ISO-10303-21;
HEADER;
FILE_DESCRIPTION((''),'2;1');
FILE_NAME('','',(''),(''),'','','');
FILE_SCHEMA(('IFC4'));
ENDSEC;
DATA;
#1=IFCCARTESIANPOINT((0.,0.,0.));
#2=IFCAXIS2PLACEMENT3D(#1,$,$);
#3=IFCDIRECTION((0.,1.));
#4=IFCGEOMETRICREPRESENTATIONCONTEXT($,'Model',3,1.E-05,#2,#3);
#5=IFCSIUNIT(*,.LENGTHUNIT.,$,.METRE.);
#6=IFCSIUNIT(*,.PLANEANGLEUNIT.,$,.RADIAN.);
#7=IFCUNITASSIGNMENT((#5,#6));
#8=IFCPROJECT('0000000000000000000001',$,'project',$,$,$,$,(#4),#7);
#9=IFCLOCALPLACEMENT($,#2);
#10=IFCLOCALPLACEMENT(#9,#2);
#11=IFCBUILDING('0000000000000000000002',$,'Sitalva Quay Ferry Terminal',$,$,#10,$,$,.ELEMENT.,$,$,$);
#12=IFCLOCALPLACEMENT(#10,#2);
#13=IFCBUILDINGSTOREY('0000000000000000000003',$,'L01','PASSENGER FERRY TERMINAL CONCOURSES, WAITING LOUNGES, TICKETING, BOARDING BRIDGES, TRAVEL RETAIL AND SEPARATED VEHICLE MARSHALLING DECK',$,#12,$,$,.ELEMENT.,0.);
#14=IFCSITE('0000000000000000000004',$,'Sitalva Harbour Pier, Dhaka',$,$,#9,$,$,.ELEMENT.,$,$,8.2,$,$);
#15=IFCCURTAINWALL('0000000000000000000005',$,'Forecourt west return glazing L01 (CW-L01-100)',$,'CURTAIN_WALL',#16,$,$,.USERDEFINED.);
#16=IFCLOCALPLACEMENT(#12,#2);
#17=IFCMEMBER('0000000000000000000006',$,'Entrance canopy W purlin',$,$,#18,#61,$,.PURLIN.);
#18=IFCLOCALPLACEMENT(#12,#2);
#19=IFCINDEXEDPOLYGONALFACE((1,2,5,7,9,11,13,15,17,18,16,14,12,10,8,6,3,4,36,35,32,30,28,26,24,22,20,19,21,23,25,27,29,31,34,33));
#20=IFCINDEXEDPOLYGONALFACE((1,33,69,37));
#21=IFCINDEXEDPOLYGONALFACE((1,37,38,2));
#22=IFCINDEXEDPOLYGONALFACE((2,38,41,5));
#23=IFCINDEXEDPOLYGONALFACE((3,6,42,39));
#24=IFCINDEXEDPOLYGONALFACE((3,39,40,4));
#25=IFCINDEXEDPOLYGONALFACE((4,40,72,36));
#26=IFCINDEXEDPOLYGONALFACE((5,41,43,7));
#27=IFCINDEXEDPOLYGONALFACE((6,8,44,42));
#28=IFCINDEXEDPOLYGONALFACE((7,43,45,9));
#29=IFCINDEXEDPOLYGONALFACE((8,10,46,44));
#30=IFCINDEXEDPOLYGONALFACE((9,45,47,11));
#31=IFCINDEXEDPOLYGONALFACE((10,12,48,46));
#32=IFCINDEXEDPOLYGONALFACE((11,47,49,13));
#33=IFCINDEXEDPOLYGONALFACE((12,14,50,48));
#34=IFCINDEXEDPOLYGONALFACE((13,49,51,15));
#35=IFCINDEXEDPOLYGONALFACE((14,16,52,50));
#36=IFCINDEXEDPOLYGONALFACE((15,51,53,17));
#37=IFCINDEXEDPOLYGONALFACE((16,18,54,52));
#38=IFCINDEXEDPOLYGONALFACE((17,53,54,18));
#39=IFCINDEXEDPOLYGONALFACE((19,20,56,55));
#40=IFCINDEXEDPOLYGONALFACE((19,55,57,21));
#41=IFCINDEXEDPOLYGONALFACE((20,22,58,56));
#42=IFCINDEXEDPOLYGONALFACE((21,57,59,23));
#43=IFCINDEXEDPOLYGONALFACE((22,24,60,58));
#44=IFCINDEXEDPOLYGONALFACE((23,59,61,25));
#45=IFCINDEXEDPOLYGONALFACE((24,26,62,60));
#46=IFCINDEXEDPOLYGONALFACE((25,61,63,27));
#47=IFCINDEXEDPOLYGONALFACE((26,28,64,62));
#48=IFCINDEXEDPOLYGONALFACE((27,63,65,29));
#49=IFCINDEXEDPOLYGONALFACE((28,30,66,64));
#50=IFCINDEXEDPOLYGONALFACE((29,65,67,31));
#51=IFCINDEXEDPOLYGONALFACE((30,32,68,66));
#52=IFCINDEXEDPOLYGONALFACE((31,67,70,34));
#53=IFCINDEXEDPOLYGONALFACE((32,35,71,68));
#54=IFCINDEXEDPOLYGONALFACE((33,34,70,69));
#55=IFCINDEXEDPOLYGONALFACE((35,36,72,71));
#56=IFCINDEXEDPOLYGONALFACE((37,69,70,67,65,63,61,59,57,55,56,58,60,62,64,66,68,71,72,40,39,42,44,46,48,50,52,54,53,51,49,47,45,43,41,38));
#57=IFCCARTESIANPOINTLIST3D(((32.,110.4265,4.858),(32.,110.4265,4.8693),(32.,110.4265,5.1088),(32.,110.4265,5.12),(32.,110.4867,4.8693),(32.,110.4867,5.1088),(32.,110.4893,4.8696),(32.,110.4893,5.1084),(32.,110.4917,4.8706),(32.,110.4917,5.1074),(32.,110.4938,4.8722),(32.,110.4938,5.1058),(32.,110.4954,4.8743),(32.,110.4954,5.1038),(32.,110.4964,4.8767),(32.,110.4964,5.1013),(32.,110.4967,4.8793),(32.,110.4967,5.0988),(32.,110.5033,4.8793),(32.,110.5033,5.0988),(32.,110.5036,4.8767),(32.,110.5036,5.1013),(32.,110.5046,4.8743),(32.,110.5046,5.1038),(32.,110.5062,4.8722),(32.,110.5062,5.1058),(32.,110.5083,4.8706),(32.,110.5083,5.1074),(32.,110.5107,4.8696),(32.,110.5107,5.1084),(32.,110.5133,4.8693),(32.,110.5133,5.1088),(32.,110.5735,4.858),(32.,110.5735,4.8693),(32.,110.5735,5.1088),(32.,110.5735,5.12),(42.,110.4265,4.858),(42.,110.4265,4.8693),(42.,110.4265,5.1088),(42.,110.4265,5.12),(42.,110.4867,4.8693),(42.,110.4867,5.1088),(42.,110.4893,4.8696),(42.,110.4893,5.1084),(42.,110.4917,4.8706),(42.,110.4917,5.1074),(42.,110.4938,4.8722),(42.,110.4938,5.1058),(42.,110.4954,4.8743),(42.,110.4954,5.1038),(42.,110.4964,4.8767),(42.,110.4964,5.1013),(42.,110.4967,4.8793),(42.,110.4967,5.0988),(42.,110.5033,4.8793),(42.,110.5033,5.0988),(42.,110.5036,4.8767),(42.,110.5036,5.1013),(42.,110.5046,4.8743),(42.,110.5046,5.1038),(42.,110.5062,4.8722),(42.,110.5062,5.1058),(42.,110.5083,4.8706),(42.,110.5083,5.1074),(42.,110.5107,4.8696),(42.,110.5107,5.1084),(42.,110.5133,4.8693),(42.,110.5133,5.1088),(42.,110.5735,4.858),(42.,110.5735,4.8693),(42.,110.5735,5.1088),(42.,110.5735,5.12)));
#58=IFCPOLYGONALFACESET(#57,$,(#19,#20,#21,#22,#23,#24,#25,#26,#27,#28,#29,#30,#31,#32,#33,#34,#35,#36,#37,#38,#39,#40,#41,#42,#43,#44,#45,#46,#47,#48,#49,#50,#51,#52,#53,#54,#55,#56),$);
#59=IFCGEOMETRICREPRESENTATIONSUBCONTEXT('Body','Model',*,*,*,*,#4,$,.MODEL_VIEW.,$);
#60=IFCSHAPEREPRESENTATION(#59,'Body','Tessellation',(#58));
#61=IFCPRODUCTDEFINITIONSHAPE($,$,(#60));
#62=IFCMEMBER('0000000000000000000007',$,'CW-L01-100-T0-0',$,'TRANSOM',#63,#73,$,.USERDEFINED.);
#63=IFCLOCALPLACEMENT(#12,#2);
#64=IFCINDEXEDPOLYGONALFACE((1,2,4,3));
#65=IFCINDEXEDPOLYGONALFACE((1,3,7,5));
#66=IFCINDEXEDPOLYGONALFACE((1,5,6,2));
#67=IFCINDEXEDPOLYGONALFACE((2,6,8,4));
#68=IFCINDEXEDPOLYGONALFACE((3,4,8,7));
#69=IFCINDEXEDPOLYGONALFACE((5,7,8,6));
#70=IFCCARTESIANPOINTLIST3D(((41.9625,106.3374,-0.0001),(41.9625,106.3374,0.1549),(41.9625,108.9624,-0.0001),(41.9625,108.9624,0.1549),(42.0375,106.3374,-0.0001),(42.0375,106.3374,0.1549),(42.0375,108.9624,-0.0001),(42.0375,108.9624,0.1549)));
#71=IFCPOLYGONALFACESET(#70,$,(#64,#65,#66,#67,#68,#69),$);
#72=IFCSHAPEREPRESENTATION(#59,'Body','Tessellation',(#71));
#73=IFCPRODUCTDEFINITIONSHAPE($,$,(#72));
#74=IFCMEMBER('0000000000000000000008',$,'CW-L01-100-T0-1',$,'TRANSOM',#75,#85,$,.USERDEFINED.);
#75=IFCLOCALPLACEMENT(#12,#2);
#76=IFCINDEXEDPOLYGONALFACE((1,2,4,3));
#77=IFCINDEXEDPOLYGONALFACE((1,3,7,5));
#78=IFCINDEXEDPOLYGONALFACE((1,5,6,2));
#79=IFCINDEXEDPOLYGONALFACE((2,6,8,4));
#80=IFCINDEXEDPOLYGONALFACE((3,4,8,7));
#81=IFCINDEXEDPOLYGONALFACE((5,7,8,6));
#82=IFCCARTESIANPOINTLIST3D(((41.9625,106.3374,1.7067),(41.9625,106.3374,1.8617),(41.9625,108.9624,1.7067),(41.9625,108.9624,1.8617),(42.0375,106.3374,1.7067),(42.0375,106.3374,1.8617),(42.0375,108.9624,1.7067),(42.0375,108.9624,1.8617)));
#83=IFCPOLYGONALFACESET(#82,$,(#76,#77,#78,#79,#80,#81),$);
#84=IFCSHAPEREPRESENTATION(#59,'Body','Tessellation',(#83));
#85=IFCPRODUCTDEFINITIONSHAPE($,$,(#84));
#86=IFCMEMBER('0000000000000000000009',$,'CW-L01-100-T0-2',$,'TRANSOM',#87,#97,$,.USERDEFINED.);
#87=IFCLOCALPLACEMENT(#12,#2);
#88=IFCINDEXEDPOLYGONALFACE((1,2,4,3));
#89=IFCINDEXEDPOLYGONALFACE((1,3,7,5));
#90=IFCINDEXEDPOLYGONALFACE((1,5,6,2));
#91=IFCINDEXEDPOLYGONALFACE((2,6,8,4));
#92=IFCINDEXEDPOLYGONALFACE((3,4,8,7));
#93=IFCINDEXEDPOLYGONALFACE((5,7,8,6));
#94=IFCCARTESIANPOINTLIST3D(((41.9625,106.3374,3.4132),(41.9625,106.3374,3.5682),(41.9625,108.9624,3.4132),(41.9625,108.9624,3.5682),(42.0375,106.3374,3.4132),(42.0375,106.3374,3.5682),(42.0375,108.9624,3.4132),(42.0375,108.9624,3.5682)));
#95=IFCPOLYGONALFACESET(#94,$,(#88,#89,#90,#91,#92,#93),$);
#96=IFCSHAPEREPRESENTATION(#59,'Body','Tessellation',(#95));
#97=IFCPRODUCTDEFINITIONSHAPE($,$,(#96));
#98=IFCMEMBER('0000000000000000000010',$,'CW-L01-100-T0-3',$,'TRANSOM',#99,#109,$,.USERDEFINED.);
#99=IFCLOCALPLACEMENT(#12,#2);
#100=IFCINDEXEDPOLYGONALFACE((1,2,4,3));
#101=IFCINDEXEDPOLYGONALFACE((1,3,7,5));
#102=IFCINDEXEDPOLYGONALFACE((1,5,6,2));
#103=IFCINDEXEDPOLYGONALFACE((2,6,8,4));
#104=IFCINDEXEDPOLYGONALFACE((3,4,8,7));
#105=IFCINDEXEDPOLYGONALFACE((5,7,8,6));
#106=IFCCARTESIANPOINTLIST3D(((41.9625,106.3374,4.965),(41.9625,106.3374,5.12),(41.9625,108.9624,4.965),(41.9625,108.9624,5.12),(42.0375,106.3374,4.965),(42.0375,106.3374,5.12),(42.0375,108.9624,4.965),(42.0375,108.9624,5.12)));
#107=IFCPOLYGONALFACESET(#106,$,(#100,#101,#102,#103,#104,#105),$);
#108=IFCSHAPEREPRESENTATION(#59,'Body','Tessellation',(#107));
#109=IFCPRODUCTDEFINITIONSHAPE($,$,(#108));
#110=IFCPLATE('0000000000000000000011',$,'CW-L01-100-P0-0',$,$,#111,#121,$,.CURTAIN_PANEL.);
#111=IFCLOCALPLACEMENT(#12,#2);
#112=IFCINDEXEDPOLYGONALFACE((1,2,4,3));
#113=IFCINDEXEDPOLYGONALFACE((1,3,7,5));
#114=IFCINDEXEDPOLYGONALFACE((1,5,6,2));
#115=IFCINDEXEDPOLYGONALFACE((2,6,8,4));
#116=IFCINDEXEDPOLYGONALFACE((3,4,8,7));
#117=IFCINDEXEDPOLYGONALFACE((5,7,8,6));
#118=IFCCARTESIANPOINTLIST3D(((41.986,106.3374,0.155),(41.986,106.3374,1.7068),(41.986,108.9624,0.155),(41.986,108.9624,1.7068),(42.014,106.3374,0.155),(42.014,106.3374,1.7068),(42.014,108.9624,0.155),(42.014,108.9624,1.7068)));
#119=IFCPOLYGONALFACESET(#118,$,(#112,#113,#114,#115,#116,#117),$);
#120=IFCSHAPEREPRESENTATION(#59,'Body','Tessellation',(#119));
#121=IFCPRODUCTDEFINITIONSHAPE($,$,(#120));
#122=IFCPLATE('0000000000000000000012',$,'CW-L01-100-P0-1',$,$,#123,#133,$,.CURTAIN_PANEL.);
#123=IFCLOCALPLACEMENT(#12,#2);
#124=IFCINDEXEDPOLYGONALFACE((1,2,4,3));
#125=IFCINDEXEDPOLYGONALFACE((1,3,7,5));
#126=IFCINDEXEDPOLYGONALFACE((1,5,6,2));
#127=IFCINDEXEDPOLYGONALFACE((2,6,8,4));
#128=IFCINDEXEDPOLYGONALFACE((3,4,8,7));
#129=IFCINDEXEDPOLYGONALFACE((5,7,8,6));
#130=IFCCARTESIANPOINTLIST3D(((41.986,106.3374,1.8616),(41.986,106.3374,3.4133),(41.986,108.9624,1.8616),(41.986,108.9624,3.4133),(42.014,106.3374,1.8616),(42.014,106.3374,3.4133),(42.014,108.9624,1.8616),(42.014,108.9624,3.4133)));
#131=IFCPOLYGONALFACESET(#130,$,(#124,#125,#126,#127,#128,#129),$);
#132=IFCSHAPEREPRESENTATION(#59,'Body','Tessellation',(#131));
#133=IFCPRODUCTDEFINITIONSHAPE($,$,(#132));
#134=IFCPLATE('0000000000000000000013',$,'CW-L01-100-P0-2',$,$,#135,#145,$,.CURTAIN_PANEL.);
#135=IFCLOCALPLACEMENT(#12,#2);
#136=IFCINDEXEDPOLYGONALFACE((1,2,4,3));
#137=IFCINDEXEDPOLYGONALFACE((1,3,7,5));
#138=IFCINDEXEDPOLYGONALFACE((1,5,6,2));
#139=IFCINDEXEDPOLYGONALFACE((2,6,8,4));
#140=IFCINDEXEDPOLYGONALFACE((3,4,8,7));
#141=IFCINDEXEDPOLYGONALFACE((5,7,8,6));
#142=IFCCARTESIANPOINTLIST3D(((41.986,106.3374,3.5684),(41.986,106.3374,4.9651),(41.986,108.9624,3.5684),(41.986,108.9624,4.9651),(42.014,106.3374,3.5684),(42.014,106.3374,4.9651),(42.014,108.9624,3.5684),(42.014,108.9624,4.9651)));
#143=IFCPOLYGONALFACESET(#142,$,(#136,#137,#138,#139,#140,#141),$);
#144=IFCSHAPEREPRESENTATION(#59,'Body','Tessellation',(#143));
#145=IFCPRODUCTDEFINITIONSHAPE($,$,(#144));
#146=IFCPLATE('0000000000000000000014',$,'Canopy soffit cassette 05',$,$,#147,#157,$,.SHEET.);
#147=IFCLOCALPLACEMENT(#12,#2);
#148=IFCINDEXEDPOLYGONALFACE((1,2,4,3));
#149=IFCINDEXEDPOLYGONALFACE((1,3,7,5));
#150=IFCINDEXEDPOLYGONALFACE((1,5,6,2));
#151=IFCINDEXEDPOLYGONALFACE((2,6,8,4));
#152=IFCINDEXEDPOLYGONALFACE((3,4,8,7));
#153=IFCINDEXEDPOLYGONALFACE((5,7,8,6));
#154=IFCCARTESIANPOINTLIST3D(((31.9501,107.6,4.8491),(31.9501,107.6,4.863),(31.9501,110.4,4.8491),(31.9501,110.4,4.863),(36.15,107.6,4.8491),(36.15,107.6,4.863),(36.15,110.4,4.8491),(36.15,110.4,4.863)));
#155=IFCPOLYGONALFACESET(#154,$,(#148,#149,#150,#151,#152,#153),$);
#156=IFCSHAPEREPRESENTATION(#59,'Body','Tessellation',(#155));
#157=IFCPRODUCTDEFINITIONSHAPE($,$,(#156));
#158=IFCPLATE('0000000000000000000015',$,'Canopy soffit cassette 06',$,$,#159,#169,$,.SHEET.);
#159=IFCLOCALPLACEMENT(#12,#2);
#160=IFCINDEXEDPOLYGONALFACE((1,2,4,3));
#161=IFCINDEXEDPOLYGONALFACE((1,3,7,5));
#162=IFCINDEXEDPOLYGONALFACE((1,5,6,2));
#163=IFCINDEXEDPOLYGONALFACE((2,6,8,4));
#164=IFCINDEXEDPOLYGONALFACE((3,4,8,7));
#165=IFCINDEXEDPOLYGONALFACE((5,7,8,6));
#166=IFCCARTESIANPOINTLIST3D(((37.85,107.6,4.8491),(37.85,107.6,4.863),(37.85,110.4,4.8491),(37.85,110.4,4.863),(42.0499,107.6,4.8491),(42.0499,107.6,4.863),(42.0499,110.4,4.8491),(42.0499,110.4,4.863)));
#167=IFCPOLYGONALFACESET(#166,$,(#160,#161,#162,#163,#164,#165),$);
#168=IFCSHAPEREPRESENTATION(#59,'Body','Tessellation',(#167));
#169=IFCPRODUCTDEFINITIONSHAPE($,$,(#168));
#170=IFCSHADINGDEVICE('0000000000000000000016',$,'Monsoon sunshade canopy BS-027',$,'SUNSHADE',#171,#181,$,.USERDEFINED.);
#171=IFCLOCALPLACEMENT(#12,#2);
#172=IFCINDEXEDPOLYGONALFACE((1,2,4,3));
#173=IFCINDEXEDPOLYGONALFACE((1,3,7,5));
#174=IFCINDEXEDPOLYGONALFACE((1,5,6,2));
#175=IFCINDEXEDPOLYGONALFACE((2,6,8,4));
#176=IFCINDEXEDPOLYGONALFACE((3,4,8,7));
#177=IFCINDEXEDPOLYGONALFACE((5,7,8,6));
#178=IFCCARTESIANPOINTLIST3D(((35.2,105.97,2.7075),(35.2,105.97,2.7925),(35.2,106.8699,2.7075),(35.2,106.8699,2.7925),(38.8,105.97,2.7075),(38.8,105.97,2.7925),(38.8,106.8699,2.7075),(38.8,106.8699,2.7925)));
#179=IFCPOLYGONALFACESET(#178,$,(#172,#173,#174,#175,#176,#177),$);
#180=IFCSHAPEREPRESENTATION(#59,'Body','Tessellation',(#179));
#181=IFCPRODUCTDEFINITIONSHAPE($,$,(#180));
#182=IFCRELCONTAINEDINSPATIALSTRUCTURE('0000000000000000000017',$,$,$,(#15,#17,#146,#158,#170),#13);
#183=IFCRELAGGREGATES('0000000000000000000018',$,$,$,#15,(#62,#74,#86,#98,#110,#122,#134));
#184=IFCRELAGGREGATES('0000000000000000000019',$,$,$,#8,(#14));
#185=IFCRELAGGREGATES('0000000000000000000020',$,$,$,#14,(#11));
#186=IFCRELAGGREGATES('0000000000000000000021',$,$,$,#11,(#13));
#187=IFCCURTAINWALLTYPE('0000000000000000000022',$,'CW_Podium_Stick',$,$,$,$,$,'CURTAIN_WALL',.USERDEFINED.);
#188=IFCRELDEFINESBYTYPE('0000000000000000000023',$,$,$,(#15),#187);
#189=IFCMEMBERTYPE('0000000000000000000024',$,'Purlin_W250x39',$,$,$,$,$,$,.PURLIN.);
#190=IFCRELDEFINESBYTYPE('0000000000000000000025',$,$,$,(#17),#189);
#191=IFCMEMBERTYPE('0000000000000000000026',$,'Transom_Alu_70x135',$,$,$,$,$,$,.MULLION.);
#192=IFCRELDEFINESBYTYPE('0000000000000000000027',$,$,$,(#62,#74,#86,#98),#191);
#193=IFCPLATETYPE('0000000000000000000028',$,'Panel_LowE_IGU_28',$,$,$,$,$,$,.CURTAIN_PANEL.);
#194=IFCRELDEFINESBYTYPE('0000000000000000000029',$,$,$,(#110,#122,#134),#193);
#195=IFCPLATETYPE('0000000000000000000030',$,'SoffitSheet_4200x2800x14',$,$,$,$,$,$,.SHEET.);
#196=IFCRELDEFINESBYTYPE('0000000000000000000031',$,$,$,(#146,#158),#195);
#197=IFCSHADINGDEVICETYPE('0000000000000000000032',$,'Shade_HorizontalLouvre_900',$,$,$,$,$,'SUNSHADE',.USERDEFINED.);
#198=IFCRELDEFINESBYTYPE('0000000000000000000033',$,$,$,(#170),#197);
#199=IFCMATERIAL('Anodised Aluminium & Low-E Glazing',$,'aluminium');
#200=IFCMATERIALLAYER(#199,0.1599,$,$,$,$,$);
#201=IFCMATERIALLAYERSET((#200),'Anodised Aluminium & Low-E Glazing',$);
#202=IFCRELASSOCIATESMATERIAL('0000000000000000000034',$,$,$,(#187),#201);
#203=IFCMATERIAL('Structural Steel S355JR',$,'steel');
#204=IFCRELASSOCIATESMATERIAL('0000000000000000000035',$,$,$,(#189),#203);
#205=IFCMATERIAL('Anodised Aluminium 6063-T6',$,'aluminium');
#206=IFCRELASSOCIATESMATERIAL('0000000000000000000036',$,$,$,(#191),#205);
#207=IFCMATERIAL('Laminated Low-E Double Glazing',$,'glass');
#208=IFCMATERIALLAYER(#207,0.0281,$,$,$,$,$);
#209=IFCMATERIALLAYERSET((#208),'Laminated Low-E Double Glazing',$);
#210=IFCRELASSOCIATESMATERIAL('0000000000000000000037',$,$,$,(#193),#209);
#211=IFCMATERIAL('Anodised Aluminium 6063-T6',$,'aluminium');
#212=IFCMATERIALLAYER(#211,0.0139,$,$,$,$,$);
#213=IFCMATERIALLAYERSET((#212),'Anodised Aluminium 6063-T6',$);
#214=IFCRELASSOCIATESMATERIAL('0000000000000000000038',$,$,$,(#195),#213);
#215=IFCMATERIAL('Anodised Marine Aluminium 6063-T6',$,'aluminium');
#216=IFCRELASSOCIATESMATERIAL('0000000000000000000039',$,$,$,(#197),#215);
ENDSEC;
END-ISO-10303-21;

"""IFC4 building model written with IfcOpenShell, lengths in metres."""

from ifc_helpers import new_model, si_unit, direction, frame, origin, origin_2d, place, context, subcontext, project, spatial, rectangle, i_section, extrude, material, layer, layer_set, material_profile, profile_set, type_object, element, aggregate, save


model = new_model("IFC4")

# Units and contexts
model_context = context("Model", 3, precision=1e-05, world=origin(), true_north=direction((0.0, 1.0)))
body_context = subcontext(model_context, "Body", "Model", "MODEL_VIEW")
ifc_project = project(units=[si_unit("LENGTHUNIT", "METRE"), si_unit("PLANEANGLEUNIT", "RADIAN")], contexts=[model_context])

# Site, building, storey
site_placement = place(None, origin())
site = spatial("IfcSite", under=ifc_project, at=site_placement, Name="Sitalva Harbour Pier, Dhaka", CompositionType="ELEMENT", RefElevation=8.2)
building_placement = place(site_placement, origin())
building = spatial("IfcBuilding", under=site, at=building_placement, Name="Sitalva Quay Ferry Terminal", CompositionType="ELEMENT")
storey_placement = place(building_placement, origin())
storey = spatial("IfcBuildingStorey", under=building, at=storey_placement, Name="L01", Description="PASSENGER FERRY TERMINAL CONCOURSES, WAITING LOUNGES, TICKETING, BOARDING BRIDGES, TRAVEL RETAIL AND SEPARATED VEHICLE MARSHALLING DECK", CompositionType="ELEMENT", Elevation=0.0)

# Curtain wall
ifc_material_1 = material(Name="Anodised Aluminium & Low-E Glazing", Category="aluminium")
ifc_layer_1 = layer(ifc_material_1, 0.1599)
ifc_layer_set_1 = layer_set([ifc_layer_1], Name="Anodised Aluminium & Low-E Glazing")
curtain_wall_type = type_object("IfcCurtainWallType", Name="CW_Podium_Stick", ElementType="CURTAIN_WALL", PredefinedType="USERDEFINED", material=ifc_layer_set_1)
curtain_wall_placement = place(storey_placement, origin())
curtain_wall = element("IfcCurtainWall", 1, at=curtain_wall_placement, inside=storey, type_object=curtain_wall_type, Name="Forecourt west return glazing L01 (CW-L01-100)", ObjectType="CURTAIN_WALL", PredefinedType="USERDEFINED")

# Member
ifc_material_2 = material(Name="Structural Steel S355JR", Category="steel")
ifc_material_profile_1 = material_profile(ifc_material_2, i_section(OverallWidth=0.147, OverallDepth=0.262, WebThickness=0.0066, FlangeThickness=0.0112, FilletRadius=0.01, at=origin_2d()), Name="W250x39")
ifc_profile_set_1 = profile_set([ifc_material_profile_1], Name="Structural Steel S355JR")
member_type_1 = type_object("IfcMemberType", Name="Purlin_W250x39", PredefinedType="PURLIN", material=ifc_profile_set_1)
for number, where, z_axis, x_axis, name in (
    (2, (32.0, 110.5, 4.989), (1.0, 0.0, 0.0), (0.0, 1.0, 0.0), "Entrance canopy W purlin"),
):
    element("IfcMember", number, at=place(storey_placement, frame(where, z_axis=z_axis, x_axis=x_axis)), inside=storey, type_object=member_type_1, Name=name, PredefinedType="PURLIN", context=body_context, shape_type="SweptSolid", body=[
        extrude(i_section(OverallWidth=0.147, OverallDepth=0.262, WebThickness=0.0066, FlangeThickness=0.0112, FilletRadius=0.01, at=origin_2d()), origin(), (0.0, 0.0, 1.0), 10.0),
    ])

# Members
ifc_material_3 = material(Name="Anodised Aluminium 6063-T6", Category="aluminium")
ifc_material_profile_2 = material_profile(ifc_material_3, rectangle(XDim=0.075, YDim=0.155, at=origin_2d()), Name="ALU75x155")
ifc_profile_set_2 = profile_set([ifc_material_profile_2], Name="Anodised Aluminium 6063-T6")
member_type_2 = type_object("IfcMemberType", Name="Transom_Alu_70x135", PredefinedType="MULLION", material=ifc_profile_set_2)
member_1_placement = place(storey_placement, frame((42.0, 106.3374, 0.0774), z_axis=(0.0, 1.0, 0.0), x_axis=(-1.0, 0.0, 0.0)))
member_1 = element("IfcMember", 3, at=member_1_placement, type_object=member_type_2, Name="CW-L01-100-T0-0", ObjectType="TRANSOM", PredefinedType="USERDEFINED", context=body_context, shape_type="SweptSolid", body=[
    extrude(rectangle(XDim=0.075, YDim=0.155, at=origin_2d()), origin(), (0.0, 0.0, 1.0), 2.625),
])
member_2_placement = place(storey_placement, frame((42.0, 106.3374, 1.7842), z_axis=(0.0, 1.0, 0.0), x_axis=(-1.0, 0.0, 0.0)))
member_2 = element("IfcMember", 4, at=member_2_placement, type_object=member_type_2, Name="CW-L01-100-T0-1", ObjectType="TRANSOM", PredefinedType="USERDEFINED", context=body_context, shape_type="SweptSolid", body=[
    extrude(rectangle(XDim=0.075, YDim=0.155, at=origin_2d()), origin(), (0.0, 0.0, 1.0), 2.625),
])
member_3_placement = place(storey_placement, frame((42.0, 106.3374, 3.4907), z_axis=(0.0, 1.0, 0.0), x_axis=(-1.0, 0.0, 0.0)))
member_3 = element("IfcMember", 5, at=member_3_placement, type_object=member_type_2, Name="CW-L01-100-T0-2", ObjectType="TRANSOM", PredefinedType="USERDEFINED", context=body_context, shape_type="SweptSolid", body=[
    extrude(rectangle(XDim=0.075, YDim=0.155, at=origin_2d()), origin(), (0.0, 0.0, 1.0), 2.625),
])
member_4_placement = place(storey_placement, frame((42.0, 106.3374, 5.0425), z_axis=(0.0, 1.0, 0.0), x_axis=(-1.0, 0.0, 0.0)))
member_4 = element("IfcMember", 6, at=member_4_placement, type_object=member_type_2, Name="CW-L01-100-T0-3", ObjectType="TRANSOM", PredefinedType="USERDEFINED", context=body_context, shape_type="SweptSolid", body=[
    extrude(rectangle(XDim=0.075, YDim=0.155, at=origin_2d()), origin(), (0.0, 0.0, 1.0), 2.625),
])

# Plates
ifc_material_4 = material(Name="Laminated Low-E Double Glazing", Category="glass")
ifc_layer_2 = layer(ifc_material_4, 0.0281)
ifc_layer_set_2 = layer_set([ifc_layer_2], Name="Laminated Low-E Double Glazing")
plate_type_1 = type_object("IfcPlateType", Name="Panel_LowE_IGU_28", PredefinedType="CURTAIN_PANEL", material=ifc_layer_set_2)
plate_1_placement = place(storey_placement, frame((42.0, 107.6499, 0.155), z_axis=(0.0, 0.0, 1.0), x_axis=(0.0, 1.0, 0.0)))
plate_1 = element("IfcPlate", 7, at=plate_1_placement, type_object=plate_type_1, Name="CW-L01-100-P0-0", PredefinedType="CURTAIN_PANEL", context=body_context, shape_type="SweptSolid", body=[
    extrude(rectangle(XDim=2.625, YDim=0.0281, at=origin_2d()), origin(), (0.0, 0.0, 1.0), 1.5518),
])
plate_2_placement = place(storey_placement, frame((42.0, 107.6499, 1.8616), z_axis=(0.0, 0.0, 1.0), x_axis=(0.0, 1.0, 0.0)))
plate_2 = element("IfcPlate", 8, at=plate_2_placement, type_object=plate_type_1, Name="CW-L01-100-P0-1", PredefinedType="CURTAIN_PANEL", context=body_context, shape_type="SweptSolid", body=[
    extrude(rectangle(XDim=2.625, YDim=0.0281, at=origin_2d()), origin(), (0.0, 0.0, 1.0), 1.5518),
])
plate_3_placement = place(storey_placement, frame((42.0, 107.6499, 3.5684), z_axis=(0.0, 0.0, 1.0), x_axis=(0.0, 1.0, 0.0)))
plate_3 = element("IfcPlate", 9, at=plate_3_placement, type_object=plate_type_1, Name="CW-L01-100-P0-2", PredefinedType="CURTAIN_PANEL", context=body_context, shape_type="SweptSolid", body=[
    extrude(rectangle(XDim=2.625, YDim=0.0281, at=origin_2d()), origin(), (0.0, 0.0, 1.0), 1.3967),
])
aggregate(curtain_wall, [member_1, member_2, member_3, member_4, plate_1, plate_2, plate_3])

# Plates
ifc_material_5 = material(Name="Anodised Aluminium 6063-T6", Category="aluminium")
ifc_layer_3 = layer(ifc_material_5, 0.0139)
ifc_layer_set_3 = layer_set([ifc_layer_3], Name="Anodised Aluminium 6063-T6")
plate_type_2 = type_object("IfcPlateType", Name="SoffitSheet_4200x2800x14", PredefinedType="SHEET", material=ifc_layer_set_3)
for number, where, z_axis, x_axis, name in (
    (10, (34.05, 109.0, 4.8491), (0.0, 0.0, 1.0), (1.0, 0.0, 0.0), "Canopy soffit cassette 05"),
    (11, (39.95, 109.0, 4.8491), (0.0, 0.0, 1.0), (1.0, 0.0, 0.0), "Canopy soffit cassette 06"),
):
    element("IfcPlate", number, at=place(storey_placement, frame(where, z_axis=z_axis, x_axis=x_axis)), inside=storey, type_object=plate_type_2, Name=name, PredefinedType="SHEET", context=body_context, shape_type="SweptSolid", body=[
        extrude(rectangle(XDim=4.2, YDim=2.8, at=origin_2d()), origin(), (0.0, 0.0, 1.0), 0.0139),
    ])

# Shading device
ifc_material_6 = material(Name="Anodised Marine Aluminium 6063-T6", Category="aluminium")
shading_device_type = type_object("IfcShadingDeviceType", Name="Shade_HorizontalLouvre_900", ElementType="SUNSHADE", PredefinedType="USERDEFINED", material=ifc_material_6)
shading_device_placement = place(storey_placement, frame((37.0, 106.4199, 2.7075), z_axis=(0.0, 0.0, 1.0), x_axis=(1.0, 0.0, 0.0)))
element("IfcShadingDevice", 12, at=shading_device_placement, inside=storey, type_object=shading_device_type, Name="Monsoon sunshade canopy BS-027", ObjectType="SUNSHADE", PredefinedType="USERDEFINED", context=body_context, shape_type="SweptSolid", body=[
    extrude(rectangle(XDim=3.6001, YDim=0.8999, at=origin_2d()), origin(), (0.0, 0.0, 1.0), 0.085),
])

save(model, "model.ifc")
